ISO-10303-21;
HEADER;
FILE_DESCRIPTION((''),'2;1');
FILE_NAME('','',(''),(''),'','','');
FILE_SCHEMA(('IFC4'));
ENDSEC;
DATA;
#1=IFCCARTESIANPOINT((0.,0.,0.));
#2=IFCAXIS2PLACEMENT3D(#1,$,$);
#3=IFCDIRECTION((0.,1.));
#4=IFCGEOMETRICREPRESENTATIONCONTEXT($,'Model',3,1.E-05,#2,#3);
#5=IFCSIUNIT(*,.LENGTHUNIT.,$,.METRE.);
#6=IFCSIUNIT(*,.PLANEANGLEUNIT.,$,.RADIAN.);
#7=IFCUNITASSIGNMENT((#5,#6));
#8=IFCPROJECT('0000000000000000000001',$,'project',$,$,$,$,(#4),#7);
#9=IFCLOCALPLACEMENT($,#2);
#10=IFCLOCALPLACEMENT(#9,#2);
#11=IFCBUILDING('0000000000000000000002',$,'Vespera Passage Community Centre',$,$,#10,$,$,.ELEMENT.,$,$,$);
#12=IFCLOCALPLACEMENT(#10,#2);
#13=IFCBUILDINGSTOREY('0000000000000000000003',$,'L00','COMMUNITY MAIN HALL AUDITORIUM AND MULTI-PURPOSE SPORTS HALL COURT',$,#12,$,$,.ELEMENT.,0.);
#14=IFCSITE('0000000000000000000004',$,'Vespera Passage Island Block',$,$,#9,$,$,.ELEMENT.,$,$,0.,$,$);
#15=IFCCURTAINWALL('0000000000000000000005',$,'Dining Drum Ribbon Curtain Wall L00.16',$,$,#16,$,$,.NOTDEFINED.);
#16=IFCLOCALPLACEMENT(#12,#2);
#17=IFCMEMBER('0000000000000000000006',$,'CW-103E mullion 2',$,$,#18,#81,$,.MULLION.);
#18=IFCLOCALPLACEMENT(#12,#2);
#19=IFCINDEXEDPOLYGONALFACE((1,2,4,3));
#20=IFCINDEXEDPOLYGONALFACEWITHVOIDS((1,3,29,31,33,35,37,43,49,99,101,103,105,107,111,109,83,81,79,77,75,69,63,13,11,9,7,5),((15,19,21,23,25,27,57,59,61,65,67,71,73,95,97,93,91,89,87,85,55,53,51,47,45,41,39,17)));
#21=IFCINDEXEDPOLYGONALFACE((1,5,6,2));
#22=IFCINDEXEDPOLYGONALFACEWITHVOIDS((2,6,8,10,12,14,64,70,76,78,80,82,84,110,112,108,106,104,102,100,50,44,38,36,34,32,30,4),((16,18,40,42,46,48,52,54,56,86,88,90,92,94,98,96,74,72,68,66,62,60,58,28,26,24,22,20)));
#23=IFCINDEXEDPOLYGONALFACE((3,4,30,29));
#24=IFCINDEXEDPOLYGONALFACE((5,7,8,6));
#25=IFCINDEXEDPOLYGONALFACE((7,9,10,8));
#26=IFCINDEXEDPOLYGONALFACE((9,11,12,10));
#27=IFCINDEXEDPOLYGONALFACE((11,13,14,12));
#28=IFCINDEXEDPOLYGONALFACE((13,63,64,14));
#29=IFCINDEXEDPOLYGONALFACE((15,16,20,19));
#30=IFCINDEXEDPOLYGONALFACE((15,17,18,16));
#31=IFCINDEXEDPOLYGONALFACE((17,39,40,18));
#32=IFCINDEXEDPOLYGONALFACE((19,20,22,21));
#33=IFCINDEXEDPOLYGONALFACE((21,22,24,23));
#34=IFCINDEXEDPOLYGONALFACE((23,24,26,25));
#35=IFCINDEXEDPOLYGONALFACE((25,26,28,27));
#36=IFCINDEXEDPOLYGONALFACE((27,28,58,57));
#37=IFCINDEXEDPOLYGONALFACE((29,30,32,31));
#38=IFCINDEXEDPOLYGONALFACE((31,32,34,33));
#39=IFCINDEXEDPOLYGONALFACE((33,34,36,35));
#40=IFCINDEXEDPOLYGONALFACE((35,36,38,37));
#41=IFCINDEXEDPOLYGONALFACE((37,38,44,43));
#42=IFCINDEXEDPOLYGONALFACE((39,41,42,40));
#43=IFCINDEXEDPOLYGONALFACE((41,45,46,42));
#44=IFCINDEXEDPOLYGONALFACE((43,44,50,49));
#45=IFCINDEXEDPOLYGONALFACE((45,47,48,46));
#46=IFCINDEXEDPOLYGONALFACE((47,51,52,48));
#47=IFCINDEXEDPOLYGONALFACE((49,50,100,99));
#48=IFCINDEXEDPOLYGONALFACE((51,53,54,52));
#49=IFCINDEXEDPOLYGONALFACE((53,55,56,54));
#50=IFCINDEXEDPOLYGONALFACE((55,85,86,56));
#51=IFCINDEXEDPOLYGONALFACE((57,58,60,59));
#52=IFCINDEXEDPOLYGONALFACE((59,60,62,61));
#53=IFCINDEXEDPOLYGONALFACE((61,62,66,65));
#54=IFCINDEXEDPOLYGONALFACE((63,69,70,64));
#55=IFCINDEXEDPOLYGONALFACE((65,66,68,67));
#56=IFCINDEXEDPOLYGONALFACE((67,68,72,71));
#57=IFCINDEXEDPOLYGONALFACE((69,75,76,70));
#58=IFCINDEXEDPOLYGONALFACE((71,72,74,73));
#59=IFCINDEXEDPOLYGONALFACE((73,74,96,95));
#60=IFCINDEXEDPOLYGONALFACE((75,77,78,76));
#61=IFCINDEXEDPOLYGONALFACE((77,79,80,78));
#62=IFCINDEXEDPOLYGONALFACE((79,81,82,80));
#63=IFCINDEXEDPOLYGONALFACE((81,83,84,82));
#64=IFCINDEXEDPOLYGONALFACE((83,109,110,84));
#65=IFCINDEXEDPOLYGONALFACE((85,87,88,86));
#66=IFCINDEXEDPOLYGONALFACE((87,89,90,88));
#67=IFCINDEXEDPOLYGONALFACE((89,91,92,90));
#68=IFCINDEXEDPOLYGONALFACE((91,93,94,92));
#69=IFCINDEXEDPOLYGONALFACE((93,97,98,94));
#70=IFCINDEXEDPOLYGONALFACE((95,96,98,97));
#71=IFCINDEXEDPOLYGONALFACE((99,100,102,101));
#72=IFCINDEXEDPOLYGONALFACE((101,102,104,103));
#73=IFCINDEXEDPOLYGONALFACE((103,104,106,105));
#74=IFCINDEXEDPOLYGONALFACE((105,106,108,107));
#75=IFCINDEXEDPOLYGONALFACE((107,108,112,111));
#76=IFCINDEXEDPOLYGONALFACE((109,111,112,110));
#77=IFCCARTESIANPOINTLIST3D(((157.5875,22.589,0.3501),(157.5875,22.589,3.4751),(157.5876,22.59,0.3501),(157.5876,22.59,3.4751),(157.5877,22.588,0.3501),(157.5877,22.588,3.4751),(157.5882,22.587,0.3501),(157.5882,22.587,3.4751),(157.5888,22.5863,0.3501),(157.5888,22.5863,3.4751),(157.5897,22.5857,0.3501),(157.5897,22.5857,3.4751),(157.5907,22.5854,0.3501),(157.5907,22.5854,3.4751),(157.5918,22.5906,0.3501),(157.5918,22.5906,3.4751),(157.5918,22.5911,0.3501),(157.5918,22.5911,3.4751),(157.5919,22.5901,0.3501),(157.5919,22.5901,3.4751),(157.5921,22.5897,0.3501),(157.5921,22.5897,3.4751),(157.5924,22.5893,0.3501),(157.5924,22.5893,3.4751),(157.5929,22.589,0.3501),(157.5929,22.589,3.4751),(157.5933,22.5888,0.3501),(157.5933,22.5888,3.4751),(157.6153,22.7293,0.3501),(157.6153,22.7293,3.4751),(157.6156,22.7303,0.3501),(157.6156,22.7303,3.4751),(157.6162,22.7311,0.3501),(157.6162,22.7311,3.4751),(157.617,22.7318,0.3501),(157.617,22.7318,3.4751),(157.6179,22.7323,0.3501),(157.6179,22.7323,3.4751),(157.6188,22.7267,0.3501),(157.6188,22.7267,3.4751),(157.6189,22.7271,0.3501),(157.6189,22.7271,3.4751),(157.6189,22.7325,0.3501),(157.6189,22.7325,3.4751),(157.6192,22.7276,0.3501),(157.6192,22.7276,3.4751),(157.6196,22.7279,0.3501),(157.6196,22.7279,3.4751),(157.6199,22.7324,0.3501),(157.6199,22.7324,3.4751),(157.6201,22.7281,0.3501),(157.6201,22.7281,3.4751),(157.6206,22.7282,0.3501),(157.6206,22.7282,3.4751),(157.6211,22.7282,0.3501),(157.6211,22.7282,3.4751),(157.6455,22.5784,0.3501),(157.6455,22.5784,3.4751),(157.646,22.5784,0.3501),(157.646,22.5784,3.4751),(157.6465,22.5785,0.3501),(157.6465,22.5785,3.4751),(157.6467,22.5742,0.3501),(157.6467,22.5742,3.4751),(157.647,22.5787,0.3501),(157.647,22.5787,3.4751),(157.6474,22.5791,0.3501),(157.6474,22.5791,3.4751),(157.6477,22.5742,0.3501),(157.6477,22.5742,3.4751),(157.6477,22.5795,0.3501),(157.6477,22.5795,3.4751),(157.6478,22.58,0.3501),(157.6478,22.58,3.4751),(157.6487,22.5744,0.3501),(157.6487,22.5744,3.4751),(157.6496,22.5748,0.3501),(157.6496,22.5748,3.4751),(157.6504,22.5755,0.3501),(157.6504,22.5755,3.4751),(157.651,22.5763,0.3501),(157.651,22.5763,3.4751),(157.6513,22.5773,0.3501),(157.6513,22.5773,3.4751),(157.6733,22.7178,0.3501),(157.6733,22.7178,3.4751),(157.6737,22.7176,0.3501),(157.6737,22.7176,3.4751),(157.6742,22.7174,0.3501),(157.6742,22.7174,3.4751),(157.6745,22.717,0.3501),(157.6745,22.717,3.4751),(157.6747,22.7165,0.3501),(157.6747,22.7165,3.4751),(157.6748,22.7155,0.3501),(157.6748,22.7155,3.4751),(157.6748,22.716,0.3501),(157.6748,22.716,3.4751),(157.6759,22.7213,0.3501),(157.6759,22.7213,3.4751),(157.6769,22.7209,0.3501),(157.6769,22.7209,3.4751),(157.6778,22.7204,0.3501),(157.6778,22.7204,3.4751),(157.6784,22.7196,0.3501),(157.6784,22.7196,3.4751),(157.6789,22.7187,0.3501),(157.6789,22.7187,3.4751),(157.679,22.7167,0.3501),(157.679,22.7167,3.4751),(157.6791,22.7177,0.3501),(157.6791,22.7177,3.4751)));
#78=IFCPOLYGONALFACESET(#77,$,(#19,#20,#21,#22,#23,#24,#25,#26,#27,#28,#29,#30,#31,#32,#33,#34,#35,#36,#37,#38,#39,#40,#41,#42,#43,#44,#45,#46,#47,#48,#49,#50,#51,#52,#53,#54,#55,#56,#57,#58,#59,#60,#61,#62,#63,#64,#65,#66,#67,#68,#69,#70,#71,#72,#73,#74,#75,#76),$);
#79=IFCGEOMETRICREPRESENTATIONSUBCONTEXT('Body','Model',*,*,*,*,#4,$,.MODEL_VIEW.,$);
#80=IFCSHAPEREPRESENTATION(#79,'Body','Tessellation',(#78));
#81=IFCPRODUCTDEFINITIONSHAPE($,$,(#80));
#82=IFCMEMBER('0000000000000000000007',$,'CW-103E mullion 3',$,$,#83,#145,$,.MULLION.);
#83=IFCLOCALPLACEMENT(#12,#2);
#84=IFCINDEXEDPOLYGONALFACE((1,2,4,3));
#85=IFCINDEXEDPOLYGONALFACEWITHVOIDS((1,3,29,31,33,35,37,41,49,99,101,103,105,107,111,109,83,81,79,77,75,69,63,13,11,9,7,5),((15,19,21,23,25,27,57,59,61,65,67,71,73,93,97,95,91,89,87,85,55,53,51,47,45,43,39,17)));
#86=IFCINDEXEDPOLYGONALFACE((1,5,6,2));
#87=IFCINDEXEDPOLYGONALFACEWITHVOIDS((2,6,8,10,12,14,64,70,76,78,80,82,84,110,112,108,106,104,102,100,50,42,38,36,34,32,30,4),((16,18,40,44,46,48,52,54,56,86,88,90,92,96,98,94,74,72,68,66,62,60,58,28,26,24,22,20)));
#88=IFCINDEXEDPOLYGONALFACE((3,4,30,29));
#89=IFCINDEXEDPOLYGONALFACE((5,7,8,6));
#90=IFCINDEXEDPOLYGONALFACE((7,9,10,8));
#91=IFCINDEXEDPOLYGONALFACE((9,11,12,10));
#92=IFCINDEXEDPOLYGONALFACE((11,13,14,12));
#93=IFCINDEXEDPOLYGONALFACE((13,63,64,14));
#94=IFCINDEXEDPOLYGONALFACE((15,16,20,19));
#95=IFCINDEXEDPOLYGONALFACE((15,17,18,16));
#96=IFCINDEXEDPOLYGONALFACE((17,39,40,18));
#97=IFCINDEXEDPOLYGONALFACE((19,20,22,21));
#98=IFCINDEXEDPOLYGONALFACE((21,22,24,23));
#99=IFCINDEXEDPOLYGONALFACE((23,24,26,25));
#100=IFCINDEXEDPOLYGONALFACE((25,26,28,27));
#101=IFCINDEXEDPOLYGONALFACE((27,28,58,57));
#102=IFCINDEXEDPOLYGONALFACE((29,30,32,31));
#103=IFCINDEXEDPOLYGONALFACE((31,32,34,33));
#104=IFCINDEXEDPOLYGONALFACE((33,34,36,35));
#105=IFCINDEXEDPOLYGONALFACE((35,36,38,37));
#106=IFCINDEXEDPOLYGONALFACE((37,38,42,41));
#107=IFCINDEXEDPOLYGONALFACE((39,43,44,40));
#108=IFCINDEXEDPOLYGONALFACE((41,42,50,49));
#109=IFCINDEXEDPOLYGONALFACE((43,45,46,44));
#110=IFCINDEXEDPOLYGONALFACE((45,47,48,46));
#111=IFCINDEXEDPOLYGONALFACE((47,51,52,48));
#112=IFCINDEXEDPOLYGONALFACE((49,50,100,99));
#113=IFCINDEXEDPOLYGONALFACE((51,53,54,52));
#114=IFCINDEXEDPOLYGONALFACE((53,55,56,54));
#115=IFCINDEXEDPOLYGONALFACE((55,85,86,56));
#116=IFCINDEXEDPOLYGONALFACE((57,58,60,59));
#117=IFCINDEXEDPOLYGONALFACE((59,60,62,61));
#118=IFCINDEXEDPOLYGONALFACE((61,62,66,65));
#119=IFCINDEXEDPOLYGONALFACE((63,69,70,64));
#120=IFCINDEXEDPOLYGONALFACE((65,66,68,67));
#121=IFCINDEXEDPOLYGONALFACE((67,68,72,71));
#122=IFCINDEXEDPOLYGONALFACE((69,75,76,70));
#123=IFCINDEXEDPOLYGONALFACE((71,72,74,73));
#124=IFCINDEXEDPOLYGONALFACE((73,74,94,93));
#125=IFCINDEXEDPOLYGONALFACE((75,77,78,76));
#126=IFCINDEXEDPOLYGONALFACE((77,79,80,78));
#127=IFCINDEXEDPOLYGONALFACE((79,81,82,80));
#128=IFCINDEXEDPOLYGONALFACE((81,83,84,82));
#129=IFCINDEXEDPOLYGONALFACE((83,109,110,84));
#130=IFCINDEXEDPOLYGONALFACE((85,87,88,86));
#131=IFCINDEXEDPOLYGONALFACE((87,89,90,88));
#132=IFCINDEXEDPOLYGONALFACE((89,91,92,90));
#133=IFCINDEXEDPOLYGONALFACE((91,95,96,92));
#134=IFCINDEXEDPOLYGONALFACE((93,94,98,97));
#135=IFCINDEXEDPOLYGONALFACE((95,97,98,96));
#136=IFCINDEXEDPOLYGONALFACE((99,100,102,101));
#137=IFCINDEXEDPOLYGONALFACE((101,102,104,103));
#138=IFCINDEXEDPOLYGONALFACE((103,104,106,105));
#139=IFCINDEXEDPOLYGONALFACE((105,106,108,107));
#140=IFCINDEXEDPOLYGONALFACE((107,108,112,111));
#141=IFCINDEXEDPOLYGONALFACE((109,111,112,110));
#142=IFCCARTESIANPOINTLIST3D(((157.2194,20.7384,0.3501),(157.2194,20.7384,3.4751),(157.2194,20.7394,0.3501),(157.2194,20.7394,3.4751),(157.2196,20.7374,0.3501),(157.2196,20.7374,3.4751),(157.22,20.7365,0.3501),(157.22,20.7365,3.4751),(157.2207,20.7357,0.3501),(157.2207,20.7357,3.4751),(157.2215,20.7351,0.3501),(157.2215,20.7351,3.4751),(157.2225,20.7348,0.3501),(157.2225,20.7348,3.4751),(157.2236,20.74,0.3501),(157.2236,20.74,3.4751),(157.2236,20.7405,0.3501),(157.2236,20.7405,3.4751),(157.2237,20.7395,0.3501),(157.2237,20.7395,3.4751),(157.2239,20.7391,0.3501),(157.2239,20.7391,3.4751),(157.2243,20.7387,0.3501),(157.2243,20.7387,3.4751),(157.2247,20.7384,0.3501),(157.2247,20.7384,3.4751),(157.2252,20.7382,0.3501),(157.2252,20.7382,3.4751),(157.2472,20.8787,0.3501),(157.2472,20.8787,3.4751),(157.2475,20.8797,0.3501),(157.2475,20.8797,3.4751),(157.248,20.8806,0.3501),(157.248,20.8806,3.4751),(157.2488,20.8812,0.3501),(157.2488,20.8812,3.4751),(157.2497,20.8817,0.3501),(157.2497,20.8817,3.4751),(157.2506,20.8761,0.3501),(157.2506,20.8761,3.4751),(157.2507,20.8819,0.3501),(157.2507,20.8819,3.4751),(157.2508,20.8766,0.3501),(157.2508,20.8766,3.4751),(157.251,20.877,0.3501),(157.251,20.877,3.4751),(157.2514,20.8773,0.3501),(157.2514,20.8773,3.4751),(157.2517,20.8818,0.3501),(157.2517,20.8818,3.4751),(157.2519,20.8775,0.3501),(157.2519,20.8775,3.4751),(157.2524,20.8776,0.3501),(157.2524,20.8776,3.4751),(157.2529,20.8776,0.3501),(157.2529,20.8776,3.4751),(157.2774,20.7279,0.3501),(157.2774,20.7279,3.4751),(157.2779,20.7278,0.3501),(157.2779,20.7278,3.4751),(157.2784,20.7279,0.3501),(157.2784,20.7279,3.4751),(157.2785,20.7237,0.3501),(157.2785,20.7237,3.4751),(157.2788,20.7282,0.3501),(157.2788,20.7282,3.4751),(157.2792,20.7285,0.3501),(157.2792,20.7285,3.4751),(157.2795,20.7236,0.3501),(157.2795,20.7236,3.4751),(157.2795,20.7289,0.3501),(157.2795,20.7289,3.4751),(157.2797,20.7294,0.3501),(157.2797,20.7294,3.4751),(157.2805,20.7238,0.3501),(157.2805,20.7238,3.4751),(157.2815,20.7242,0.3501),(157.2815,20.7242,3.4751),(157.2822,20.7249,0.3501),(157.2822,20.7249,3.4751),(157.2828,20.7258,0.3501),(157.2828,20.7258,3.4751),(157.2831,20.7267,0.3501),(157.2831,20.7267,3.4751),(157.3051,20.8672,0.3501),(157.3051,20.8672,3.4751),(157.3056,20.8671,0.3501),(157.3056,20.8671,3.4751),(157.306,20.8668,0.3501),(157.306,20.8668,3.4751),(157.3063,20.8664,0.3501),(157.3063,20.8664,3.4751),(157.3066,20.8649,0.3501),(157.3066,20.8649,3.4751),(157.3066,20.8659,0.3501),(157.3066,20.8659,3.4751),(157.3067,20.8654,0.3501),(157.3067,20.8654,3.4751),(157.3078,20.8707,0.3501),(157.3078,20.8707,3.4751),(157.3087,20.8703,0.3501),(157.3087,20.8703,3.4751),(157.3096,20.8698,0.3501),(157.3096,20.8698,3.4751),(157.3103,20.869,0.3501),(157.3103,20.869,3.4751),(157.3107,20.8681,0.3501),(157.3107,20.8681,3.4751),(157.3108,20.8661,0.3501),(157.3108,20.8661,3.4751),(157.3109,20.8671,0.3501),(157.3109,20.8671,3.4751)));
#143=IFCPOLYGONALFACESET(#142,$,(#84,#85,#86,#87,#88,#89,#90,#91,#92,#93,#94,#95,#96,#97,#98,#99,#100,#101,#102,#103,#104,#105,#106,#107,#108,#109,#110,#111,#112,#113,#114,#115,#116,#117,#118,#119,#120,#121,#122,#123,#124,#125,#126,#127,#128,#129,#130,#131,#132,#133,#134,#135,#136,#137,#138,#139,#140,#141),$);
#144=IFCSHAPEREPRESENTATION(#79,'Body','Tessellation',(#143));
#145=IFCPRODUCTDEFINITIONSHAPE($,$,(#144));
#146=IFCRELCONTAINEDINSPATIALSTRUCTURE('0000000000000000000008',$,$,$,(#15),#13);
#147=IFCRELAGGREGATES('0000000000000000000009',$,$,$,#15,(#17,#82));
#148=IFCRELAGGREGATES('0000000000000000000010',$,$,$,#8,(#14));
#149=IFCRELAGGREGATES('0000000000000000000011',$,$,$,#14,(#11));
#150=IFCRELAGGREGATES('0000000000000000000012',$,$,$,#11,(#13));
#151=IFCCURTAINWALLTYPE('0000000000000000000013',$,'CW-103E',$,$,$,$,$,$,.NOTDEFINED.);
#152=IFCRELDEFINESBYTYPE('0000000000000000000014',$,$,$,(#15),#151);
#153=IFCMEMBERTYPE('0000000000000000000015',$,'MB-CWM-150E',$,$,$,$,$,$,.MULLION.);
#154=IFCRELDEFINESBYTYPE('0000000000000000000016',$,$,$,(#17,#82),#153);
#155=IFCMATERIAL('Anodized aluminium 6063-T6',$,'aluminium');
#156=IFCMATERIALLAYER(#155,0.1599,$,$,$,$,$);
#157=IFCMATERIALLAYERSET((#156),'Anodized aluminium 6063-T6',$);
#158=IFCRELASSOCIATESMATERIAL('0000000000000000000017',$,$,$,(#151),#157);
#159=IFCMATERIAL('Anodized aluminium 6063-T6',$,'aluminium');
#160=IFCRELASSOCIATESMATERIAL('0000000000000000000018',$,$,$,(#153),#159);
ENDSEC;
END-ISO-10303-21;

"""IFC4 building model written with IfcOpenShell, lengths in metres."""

from ifc_helpers import new_model, si_unit, direction, frame, origin, origin_2d, place, context, subcontext, project, spatial, hollow_rectangle, extrude, material, layer, layer_set, material_profile, profile_set, type_object, element, aggregate, save


model = new_model("IFC4")

# Units and contexts
model_context = context("Model", 3, precision=1e-05, world=origin(), true_north=direction((0.0, 1.0)))
body_context = subcontext(model_context, "Body", "Model", "MODEL_VIEW")
ifc_project = project(units=[si_unit("LENGTHUNIT", "METRE"), si_unit("PLANEANGLEUNIT", "RADIAN")], contexts=[model_context])

# Site, building, storey
site_placement = place(None, origin())
site = spatial("IfcSite", under=ifc_project, at=site_placement, Name="Vespera Passage Island Block", CompositionType="ELEMENT", RefElevation=0.0)
building_placement = place(site_placement, origin())
building = spatial("IfcBuilding", under=site, at=building_placement, Name="Vespera Passage Community Centre", CompositionType="ELEMENT")
storey_placement = place(building_placement, origin())
storey = spatial("IfcBuildingStorey", under=building, at=storey_placement, Name="L00", Description="COMMUNITY MAIN HALL AUDITORIUM AND MULTI-PURPOSE SPORTS HALL COURT", CompositionType="ELEMENT", Elevation=0.0)

# Curtain wall, members
ifc_material_1 = material(Name="Anodized aluminium 6063-T6", Category="aluminium")
ifc_layer_1 = layer(ifc_material_1, 0.1599)
ifc_layer_set_1 = layer_set([ifc_layer_1], Name="Anodized aluminium 6063-T6")
curtain_wall_type = type_object("IfcCurtainWallType", Name="CW-103E", PredefinedType="NOTDEFINED", material=ifc_layer_set_1)
curtain_wall_placement = place(storey_placement, origin())
curtain_wall = element("IfcCurtainWall", 1, at=curtain_wall_placement, inside=storey, type_object=curtain_wall_type, Name="Dining Drum Ribbon Curtain Wall L00.16", PredefinedType="NOTDEFINED")
ifc_material_2 = material(Name="Anodized aluminium 6063-T6", Category="aluminium")
ifc_material_profile_1 = material_profile(ifc_material_2, hollow_rectangle(XDim=0.0649, YDim=0.1499, WallThickness=0.0039, InnerFilletRadius=0.002, OuterFilletRadius=0.0039, at=origin_2d()), Name="ALU150X65X4")
ifc_profile_set_1 = profile_set([ifc_material_profile_1], Name="Anodized aluminium 6063-T6")
member_type_1 = type_object("IfcMemberType", Name="MB-CWM-150E", PredefinedType="MULLION", material=ifc_profile_set_1)
member_1_placement = place(storey_placement, frame((157.6333, 22.6533, 0.3501), z_axis=(0.0, 0.0, 1.0), x_axis=(0.980784, -0.195097, 0.0)))
member_1 = element("IfcMember", 2, at=member_1_placement, type_object=member_type_1, Name="CW-103E mullion 2", PredefinedType="MULLION", context=body_context, shape_type="SweptSolid", body=[
    extrude(hollow_rectangle(XDim=0.0649, YDim=0.1499, WallThickness=0.0039, InnerFilletRadius=0.002, OuterFilletRadius=0.0039, at=origin_2d()), origin(), (0.0, 0.0, 1.0), 3.125),
])
member_2_placement = place(storey_placement, frame((157.2651, 20.8027, 0.3501), z_axis=(0.0, 0.0, 1.0), x_axis=(0.980784, -0.195097, 0.0)))
member_2 = element("IfcMember", 3, at=member_2_placement, type_object=member_type_1, Name="CW-103E mullion 3", PredefinedType="MULLION", context=body_context, shape_type="SweptSolid", body=[
    extrude(hollow_rectangle(XDim=0.0649, YDim=0.1499, WallThickness=0.0039, InnerFilletRadius=0.002, OuterFilletRadius=0.0039, at=origin_2d()), origin(), (0.0, 0.0, 1.0), 3.125),
])
aggregate(curtain_wall, [member_1, member_2])

save(model, "model.ifc")
